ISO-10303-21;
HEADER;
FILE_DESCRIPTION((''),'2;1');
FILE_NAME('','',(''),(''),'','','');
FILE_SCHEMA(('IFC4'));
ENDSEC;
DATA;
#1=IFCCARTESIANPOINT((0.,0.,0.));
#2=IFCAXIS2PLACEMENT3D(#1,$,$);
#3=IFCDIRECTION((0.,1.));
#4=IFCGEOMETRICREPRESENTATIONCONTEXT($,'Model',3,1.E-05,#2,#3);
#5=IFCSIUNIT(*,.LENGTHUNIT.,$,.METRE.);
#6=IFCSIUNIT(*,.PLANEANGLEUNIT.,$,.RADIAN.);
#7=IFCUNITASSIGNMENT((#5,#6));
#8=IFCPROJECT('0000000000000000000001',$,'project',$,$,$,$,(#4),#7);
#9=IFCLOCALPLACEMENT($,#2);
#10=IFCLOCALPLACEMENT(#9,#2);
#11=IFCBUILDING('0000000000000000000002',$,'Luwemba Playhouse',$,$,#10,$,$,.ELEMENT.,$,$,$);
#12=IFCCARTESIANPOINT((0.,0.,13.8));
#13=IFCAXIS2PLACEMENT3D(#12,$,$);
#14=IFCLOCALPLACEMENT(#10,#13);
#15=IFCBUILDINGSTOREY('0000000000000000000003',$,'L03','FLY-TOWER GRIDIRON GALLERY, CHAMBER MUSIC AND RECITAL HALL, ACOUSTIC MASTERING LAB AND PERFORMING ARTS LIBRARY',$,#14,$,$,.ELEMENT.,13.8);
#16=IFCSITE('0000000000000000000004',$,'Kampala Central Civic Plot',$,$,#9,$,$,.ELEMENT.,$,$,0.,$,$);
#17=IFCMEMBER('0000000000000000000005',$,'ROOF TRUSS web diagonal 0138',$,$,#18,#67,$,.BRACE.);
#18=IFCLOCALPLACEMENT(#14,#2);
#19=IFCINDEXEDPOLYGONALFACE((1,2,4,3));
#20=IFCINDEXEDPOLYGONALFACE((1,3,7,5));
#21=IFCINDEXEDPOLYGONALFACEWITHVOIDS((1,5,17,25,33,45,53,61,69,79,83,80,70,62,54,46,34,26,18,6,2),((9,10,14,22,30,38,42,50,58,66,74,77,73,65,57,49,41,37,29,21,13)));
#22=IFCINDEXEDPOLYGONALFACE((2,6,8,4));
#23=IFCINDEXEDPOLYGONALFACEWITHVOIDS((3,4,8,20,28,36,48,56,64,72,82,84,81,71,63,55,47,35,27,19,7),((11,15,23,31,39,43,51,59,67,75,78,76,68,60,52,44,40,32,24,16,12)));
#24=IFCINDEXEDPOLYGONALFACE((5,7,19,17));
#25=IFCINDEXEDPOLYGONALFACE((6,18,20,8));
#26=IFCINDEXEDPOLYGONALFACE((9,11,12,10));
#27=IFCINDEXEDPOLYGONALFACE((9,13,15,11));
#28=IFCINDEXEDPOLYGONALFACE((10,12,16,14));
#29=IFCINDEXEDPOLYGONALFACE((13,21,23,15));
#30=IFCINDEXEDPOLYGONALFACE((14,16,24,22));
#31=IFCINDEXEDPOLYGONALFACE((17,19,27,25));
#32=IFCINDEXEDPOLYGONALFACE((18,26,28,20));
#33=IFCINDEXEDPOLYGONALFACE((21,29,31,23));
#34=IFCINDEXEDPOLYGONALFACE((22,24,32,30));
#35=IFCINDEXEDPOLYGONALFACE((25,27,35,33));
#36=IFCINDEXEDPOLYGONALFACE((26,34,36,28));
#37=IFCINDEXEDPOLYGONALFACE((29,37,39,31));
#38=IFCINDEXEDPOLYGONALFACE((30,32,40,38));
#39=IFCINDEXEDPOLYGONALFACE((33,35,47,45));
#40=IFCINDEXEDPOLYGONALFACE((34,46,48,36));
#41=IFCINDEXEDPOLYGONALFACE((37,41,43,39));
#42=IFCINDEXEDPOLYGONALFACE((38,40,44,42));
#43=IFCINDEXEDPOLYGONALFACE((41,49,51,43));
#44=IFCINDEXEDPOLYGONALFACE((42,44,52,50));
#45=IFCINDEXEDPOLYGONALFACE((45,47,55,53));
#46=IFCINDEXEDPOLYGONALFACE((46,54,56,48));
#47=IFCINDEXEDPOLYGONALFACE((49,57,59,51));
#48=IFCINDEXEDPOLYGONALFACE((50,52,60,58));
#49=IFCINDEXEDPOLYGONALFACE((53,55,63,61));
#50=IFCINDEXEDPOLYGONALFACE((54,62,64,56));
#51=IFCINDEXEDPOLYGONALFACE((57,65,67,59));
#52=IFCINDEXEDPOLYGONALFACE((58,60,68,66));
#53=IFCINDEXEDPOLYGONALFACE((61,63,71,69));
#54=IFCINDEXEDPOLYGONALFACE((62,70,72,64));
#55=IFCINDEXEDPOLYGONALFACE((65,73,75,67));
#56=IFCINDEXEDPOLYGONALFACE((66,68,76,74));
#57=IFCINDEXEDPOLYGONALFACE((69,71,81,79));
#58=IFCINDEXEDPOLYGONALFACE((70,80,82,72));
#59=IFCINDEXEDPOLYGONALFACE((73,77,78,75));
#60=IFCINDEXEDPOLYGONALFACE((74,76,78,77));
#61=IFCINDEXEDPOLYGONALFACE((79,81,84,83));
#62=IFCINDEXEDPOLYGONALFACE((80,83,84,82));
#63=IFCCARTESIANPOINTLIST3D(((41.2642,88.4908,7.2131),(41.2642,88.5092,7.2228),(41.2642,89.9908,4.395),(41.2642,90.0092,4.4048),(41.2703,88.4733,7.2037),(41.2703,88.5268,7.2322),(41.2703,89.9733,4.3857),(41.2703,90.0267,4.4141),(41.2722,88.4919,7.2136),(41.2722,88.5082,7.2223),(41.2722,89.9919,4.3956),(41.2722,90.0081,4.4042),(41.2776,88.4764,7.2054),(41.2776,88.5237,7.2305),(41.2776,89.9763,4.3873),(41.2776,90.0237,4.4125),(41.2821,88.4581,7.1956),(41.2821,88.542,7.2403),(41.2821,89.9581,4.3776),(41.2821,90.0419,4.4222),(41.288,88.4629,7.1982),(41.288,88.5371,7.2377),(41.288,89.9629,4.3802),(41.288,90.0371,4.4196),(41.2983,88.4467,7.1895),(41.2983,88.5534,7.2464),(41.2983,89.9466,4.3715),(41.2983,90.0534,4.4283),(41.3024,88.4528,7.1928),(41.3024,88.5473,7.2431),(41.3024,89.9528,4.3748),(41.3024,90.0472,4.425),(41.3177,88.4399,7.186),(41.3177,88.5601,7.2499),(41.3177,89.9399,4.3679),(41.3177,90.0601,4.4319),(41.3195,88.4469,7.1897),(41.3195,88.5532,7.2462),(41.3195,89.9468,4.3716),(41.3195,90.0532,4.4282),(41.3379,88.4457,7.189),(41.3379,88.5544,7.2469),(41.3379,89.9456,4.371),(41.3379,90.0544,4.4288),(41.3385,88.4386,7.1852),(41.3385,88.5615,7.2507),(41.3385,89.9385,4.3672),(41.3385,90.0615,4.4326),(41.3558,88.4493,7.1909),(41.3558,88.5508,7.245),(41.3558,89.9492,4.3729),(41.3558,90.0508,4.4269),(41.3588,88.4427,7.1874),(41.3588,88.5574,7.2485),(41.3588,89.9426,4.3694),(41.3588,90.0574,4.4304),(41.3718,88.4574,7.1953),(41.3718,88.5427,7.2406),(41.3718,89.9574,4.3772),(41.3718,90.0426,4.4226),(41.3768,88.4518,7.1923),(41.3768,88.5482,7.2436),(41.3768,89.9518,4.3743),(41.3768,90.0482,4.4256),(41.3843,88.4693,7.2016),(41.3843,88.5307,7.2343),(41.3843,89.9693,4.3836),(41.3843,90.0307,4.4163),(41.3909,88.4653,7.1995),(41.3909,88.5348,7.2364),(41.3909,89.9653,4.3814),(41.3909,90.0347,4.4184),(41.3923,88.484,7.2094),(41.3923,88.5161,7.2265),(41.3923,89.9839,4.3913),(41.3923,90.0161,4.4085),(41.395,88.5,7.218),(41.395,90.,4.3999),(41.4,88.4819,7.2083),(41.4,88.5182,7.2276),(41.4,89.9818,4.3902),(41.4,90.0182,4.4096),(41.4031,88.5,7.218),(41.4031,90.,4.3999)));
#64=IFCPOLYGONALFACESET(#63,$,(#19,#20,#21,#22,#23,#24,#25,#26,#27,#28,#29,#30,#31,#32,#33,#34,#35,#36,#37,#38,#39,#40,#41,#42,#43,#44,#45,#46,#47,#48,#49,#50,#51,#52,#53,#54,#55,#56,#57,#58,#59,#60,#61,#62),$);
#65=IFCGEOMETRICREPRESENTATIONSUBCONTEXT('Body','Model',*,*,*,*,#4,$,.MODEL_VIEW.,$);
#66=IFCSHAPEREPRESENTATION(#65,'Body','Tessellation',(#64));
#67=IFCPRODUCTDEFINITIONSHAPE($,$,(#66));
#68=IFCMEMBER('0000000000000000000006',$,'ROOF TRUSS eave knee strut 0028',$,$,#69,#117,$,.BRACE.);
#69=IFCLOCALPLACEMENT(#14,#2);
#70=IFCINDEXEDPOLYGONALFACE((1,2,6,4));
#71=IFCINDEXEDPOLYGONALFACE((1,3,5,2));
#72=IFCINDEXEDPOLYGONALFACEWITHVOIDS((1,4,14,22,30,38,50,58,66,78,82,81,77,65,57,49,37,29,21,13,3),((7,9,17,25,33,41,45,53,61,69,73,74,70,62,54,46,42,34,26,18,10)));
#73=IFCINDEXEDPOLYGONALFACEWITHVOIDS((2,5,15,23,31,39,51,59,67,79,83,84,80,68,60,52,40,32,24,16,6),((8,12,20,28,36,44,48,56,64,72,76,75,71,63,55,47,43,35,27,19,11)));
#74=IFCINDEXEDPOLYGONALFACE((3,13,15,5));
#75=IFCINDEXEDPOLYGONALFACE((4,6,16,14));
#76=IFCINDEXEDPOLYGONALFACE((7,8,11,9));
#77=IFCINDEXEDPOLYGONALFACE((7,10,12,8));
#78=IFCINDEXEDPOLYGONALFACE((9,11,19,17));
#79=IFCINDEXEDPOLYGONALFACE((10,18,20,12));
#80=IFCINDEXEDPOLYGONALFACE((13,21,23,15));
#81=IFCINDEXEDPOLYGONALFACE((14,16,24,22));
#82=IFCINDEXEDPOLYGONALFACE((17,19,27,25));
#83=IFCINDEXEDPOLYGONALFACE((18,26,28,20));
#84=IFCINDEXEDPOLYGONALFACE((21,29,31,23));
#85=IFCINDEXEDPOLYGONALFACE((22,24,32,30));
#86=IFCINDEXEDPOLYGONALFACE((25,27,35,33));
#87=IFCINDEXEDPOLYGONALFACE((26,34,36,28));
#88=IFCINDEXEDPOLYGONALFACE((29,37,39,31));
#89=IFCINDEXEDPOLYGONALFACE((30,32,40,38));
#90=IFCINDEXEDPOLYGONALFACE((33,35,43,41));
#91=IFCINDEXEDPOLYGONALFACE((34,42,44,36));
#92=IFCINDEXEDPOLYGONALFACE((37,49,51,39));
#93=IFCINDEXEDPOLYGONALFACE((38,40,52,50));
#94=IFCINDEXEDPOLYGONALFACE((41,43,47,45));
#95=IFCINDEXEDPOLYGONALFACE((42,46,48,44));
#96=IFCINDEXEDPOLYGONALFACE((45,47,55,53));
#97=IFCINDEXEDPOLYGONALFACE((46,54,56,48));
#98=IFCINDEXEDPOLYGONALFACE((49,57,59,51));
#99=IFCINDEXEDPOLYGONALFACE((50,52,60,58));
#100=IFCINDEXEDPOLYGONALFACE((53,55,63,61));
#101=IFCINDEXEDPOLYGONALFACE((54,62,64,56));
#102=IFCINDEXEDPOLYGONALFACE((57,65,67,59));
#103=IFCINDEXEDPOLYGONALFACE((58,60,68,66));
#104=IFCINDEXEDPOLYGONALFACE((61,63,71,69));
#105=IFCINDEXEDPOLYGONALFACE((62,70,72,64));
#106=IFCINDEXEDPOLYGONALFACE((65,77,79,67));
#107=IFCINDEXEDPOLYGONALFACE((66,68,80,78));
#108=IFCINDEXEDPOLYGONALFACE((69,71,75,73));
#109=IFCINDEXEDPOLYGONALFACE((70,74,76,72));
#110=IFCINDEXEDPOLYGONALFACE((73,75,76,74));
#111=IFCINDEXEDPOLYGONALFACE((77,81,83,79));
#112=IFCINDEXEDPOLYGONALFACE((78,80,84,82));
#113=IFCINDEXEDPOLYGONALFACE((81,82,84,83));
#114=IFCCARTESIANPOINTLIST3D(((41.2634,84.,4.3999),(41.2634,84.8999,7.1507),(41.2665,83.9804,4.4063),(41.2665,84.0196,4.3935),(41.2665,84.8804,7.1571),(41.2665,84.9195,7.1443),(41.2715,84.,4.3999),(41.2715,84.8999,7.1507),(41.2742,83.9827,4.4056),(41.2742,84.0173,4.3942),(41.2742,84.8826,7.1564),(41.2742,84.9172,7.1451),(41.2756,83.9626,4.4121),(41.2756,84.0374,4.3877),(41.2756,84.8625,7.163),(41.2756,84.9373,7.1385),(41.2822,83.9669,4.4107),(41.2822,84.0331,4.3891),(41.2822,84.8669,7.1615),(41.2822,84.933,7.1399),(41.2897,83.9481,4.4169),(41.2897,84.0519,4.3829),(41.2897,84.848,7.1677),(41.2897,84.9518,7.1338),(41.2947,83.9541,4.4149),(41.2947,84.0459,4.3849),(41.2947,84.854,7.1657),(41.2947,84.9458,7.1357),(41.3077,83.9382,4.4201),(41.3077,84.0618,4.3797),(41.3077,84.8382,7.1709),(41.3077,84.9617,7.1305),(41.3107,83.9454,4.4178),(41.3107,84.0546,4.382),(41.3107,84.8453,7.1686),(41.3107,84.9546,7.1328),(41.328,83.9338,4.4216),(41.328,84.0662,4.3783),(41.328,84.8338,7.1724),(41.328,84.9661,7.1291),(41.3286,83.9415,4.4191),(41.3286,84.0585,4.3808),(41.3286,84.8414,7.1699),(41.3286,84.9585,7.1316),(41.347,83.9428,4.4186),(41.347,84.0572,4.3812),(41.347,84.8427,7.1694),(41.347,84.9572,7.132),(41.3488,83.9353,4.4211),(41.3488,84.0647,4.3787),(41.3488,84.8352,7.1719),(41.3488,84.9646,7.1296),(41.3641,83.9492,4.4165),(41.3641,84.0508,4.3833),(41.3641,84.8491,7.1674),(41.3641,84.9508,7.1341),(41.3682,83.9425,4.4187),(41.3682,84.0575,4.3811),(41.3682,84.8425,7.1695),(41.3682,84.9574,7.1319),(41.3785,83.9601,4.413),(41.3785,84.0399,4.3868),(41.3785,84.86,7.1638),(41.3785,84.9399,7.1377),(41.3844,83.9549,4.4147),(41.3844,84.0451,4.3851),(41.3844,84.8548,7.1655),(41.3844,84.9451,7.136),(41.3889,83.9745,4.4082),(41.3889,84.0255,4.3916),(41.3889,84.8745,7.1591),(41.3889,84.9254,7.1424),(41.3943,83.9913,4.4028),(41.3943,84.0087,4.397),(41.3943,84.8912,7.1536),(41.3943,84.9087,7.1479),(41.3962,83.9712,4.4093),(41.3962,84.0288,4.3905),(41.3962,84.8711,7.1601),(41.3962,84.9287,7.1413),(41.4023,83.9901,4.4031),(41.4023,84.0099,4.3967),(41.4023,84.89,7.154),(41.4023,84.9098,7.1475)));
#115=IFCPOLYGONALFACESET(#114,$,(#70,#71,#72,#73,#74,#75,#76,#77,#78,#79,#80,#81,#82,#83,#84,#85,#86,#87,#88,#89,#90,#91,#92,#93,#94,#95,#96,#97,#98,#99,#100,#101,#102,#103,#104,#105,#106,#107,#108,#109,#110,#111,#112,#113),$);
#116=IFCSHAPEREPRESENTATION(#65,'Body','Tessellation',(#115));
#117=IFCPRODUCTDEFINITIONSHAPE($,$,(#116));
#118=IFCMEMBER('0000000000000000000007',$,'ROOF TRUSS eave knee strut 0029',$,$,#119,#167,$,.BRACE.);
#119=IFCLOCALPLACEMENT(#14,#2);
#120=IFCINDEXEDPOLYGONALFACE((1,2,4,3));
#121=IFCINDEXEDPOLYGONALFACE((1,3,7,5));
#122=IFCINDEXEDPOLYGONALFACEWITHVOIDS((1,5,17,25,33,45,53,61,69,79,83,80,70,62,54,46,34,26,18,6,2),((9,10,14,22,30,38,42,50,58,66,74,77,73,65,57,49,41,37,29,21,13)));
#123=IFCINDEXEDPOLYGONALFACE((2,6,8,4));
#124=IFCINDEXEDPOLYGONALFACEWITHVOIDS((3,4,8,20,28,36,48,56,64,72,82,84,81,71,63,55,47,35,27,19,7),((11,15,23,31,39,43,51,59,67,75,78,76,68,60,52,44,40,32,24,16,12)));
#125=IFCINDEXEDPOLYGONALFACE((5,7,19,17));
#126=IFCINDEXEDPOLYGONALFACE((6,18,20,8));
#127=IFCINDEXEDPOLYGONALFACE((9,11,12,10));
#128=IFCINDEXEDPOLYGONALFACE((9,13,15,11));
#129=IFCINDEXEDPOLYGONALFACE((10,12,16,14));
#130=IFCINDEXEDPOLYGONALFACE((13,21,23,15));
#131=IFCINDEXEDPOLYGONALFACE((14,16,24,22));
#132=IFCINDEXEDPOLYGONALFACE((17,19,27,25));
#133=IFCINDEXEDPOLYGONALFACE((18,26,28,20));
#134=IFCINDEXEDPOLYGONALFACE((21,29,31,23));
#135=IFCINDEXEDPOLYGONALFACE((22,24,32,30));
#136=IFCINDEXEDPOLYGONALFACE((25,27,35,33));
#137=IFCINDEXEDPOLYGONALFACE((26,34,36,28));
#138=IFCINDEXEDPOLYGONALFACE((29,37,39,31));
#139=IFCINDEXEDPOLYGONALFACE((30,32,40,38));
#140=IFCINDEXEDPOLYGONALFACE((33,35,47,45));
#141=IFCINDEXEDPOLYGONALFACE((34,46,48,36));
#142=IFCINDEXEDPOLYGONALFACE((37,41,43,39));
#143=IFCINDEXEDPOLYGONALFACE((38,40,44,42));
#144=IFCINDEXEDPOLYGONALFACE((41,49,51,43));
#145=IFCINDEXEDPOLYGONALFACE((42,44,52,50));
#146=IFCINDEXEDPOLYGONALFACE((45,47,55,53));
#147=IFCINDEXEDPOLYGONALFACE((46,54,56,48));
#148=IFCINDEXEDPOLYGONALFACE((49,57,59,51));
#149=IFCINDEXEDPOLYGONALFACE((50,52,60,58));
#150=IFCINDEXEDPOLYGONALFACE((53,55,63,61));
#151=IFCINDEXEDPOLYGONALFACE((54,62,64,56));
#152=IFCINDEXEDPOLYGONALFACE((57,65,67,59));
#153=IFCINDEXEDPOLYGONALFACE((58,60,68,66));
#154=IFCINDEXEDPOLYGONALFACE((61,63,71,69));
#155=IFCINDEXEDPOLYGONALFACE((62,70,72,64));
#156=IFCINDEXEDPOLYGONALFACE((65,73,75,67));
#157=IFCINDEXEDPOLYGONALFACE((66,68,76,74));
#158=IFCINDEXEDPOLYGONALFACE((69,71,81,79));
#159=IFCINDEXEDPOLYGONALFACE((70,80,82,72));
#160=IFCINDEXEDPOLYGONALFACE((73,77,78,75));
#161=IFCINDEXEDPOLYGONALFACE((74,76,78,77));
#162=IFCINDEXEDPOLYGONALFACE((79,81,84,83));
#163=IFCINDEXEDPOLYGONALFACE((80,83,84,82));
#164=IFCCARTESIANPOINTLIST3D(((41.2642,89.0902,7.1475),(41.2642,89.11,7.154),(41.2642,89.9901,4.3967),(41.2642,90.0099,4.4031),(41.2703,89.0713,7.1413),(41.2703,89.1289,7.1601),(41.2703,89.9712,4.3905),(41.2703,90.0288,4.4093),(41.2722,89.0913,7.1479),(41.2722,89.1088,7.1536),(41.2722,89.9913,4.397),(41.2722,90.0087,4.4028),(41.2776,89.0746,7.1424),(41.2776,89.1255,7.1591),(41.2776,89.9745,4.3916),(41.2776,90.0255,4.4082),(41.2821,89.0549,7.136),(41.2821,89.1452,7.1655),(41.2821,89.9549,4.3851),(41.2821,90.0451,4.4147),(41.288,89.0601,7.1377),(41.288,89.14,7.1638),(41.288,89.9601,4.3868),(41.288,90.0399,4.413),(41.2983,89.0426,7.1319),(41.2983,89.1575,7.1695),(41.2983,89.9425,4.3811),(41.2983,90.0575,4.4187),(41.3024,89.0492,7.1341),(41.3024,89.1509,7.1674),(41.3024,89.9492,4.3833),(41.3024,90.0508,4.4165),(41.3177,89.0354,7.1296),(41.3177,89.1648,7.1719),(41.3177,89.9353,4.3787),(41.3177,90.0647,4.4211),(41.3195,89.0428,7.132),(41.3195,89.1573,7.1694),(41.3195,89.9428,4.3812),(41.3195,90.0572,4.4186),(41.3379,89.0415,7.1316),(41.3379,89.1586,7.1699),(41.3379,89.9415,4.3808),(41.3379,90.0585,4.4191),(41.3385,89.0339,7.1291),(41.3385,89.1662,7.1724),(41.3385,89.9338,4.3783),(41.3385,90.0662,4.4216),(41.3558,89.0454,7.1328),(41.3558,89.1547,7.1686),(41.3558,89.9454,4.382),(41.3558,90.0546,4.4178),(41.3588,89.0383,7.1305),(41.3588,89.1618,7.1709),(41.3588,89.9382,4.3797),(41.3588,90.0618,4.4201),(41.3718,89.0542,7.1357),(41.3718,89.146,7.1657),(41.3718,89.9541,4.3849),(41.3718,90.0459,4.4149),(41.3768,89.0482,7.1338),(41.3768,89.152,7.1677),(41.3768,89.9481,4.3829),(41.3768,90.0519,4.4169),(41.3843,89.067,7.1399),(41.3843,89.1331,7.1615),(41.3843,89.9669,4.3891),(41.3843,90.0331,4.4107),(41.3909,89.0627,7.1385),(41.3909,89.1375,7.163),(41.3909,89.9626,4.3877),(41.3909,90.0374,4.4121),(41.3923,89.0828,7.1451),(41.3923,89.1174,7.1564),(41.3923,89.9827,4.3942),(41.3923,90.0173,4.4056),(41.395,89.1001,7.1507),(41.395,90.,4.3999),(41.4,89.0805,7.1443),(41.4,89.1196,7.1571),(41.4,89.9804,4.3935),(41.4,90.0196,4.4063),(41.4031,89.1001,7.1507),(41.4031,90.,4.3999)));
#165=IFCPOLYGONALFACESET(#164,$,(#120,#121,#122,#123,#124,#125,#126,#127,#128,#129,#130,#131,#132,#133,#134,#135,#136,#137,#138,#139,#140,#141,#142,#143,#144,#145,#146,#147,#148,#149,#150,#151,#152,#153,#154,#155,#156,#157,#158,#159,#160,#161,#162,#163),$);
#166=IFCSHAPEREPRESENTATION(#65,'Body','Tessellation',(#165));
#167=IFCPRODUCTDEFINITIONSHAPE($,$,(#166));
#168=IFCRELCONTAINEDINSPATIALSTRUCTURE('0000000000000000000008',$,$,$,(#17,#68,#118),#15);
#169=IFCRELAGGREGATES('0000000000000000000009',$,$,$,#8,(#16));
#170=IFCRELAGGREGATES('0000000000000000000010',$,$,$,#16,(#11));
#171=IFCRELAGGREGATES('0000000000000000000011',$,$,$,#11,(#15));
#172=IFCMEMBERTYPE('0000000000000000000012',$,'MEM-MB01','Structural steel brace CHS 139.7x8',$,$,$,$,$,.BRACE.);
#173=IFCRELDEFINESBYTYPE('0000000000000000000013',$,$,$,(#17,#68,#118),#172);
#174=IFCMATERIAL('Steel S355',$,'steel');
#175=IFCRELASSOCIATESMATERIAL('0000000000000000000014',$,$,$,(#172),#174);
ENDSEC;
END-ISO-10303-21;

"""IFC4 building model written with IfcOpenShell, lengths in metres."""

from ifc_helpers import new_model, si_unit, direction, frame, origin, origin_2d, place, context, subcontext, project, spatial, hollow_circle, extrude, material, material_profile, profile_set, type_object, element, save


model = new_model("IFC4")

# Units and contexts
model_context = context("Model", 3, precision=1e-05, world=origin(), true_north=direction((0.0, 1.0)))
body_context = subcontext(model_context, "Body", "Model", "MODEL_VIEW")
ifc_project = project(units=[si_unit("LENGTHUNIT", "METRE"), si_unit("PLANEANGLEUNIT", "RADIAN")], contexts=[model_context])

# Site, building, storey
site_placement = place(None, origin())
site = spatial("IfcSite", under=ifc_project, at=site_placement, Name="Kampala Central Civic Plot", CompositionType="ELEMENT", RefElevation=0.0)
building_placement = place(site_placement, origin())
building = spatial("IfcBuilding", under=site, at=building_placement, Name="Luwemba Playhouse", CompositionType="ELEMENT")
storey_placement = place(building_placement, frame((0.0, 0.0, 13.8)))
storey = spatial("IfcBuildingStorey", under=building, at=storey_placement, Name="L03", Description="FLY-TOWER GRIDIRON GALLERY, CHAMBER MUSIC AND RECITAL HALL, ACOUSTIC MASTERING LAB AND PERFORMING ARTS LIBRARY", CompositionType="ELEMENT", Elevation=13.8)

# Shared definitions
ifc_material_1 = material(Name="Steel S355", Category="steel")

# Members
ifc_material_profile_1 = material_profile(ifc_material_1, hollow_circle(Radius=0.0698, WallThickness=0.0081, at=origin_2d()))
ifc_profile_set_1 = profile_set([ifc_material_profile_1], Name="Steel S355")
member_type_1 = type_object("IfcMemberType", Name="MEM-MB01", Description="Structural steel brace CHS 139.7x8", PredefinedType="BRACE", material=ifc_profile_set_1)
for number, where, z_axis, x_axis, name in (
    (1, (41.3333, 90.0, 4.3999), (0.0, -0.469858, 0.882742), (1.0, 0.0, 0.0), "ROOF TRUSS web diagonal 0138"),
):
    element("IfcMember", number, at=place(storey_placement, frame(where, z_axis=z_axis, x_axis=x_axis)), inside=storey, type_object=member_type_1, Name=name, PredefinedType="BRACE", context=body_context, shape_type="SweptSolid", body=[
        extrude(hollow_circle(Radius=0.0698, WallThickness=0.0081, at=origin_2d()), origin(), (0.0, 0.0, 1.0), 3.1924),
    ])
for number, where, z_axis, x_axis, name in (
    (2, (41.3333, 84.0, 4.3999), (0.0, 0.310934, 0.950432), (-1.0, 0.0, 0.0), "ROOF TRUSS eave knee strut 0028"),
    (3, (41.3333, 90.0, 4.3999), (0.0, -0.310934, 0.950432), (1.0, 0.0, 0.0), "ROOF TRUSS eave knee strut 0029"),
):
    element("IfcMember", number, at=place(storey_placement, frame(where, z_axis=z_axis, x_axis=x_axis)), inside=storey, type_object=member_type_1, Name=name, PredefinedType="BRACE", context=body_context, shape_type="SweptSolid", body=[
        extrude(hollow_circle(Radius=0.0698, WallThickness=0.0081, at=origin_2d()), origin(), (0.0, 0.0, 1.0), 2.8943),
    ])

save(model, "model.ifc")
